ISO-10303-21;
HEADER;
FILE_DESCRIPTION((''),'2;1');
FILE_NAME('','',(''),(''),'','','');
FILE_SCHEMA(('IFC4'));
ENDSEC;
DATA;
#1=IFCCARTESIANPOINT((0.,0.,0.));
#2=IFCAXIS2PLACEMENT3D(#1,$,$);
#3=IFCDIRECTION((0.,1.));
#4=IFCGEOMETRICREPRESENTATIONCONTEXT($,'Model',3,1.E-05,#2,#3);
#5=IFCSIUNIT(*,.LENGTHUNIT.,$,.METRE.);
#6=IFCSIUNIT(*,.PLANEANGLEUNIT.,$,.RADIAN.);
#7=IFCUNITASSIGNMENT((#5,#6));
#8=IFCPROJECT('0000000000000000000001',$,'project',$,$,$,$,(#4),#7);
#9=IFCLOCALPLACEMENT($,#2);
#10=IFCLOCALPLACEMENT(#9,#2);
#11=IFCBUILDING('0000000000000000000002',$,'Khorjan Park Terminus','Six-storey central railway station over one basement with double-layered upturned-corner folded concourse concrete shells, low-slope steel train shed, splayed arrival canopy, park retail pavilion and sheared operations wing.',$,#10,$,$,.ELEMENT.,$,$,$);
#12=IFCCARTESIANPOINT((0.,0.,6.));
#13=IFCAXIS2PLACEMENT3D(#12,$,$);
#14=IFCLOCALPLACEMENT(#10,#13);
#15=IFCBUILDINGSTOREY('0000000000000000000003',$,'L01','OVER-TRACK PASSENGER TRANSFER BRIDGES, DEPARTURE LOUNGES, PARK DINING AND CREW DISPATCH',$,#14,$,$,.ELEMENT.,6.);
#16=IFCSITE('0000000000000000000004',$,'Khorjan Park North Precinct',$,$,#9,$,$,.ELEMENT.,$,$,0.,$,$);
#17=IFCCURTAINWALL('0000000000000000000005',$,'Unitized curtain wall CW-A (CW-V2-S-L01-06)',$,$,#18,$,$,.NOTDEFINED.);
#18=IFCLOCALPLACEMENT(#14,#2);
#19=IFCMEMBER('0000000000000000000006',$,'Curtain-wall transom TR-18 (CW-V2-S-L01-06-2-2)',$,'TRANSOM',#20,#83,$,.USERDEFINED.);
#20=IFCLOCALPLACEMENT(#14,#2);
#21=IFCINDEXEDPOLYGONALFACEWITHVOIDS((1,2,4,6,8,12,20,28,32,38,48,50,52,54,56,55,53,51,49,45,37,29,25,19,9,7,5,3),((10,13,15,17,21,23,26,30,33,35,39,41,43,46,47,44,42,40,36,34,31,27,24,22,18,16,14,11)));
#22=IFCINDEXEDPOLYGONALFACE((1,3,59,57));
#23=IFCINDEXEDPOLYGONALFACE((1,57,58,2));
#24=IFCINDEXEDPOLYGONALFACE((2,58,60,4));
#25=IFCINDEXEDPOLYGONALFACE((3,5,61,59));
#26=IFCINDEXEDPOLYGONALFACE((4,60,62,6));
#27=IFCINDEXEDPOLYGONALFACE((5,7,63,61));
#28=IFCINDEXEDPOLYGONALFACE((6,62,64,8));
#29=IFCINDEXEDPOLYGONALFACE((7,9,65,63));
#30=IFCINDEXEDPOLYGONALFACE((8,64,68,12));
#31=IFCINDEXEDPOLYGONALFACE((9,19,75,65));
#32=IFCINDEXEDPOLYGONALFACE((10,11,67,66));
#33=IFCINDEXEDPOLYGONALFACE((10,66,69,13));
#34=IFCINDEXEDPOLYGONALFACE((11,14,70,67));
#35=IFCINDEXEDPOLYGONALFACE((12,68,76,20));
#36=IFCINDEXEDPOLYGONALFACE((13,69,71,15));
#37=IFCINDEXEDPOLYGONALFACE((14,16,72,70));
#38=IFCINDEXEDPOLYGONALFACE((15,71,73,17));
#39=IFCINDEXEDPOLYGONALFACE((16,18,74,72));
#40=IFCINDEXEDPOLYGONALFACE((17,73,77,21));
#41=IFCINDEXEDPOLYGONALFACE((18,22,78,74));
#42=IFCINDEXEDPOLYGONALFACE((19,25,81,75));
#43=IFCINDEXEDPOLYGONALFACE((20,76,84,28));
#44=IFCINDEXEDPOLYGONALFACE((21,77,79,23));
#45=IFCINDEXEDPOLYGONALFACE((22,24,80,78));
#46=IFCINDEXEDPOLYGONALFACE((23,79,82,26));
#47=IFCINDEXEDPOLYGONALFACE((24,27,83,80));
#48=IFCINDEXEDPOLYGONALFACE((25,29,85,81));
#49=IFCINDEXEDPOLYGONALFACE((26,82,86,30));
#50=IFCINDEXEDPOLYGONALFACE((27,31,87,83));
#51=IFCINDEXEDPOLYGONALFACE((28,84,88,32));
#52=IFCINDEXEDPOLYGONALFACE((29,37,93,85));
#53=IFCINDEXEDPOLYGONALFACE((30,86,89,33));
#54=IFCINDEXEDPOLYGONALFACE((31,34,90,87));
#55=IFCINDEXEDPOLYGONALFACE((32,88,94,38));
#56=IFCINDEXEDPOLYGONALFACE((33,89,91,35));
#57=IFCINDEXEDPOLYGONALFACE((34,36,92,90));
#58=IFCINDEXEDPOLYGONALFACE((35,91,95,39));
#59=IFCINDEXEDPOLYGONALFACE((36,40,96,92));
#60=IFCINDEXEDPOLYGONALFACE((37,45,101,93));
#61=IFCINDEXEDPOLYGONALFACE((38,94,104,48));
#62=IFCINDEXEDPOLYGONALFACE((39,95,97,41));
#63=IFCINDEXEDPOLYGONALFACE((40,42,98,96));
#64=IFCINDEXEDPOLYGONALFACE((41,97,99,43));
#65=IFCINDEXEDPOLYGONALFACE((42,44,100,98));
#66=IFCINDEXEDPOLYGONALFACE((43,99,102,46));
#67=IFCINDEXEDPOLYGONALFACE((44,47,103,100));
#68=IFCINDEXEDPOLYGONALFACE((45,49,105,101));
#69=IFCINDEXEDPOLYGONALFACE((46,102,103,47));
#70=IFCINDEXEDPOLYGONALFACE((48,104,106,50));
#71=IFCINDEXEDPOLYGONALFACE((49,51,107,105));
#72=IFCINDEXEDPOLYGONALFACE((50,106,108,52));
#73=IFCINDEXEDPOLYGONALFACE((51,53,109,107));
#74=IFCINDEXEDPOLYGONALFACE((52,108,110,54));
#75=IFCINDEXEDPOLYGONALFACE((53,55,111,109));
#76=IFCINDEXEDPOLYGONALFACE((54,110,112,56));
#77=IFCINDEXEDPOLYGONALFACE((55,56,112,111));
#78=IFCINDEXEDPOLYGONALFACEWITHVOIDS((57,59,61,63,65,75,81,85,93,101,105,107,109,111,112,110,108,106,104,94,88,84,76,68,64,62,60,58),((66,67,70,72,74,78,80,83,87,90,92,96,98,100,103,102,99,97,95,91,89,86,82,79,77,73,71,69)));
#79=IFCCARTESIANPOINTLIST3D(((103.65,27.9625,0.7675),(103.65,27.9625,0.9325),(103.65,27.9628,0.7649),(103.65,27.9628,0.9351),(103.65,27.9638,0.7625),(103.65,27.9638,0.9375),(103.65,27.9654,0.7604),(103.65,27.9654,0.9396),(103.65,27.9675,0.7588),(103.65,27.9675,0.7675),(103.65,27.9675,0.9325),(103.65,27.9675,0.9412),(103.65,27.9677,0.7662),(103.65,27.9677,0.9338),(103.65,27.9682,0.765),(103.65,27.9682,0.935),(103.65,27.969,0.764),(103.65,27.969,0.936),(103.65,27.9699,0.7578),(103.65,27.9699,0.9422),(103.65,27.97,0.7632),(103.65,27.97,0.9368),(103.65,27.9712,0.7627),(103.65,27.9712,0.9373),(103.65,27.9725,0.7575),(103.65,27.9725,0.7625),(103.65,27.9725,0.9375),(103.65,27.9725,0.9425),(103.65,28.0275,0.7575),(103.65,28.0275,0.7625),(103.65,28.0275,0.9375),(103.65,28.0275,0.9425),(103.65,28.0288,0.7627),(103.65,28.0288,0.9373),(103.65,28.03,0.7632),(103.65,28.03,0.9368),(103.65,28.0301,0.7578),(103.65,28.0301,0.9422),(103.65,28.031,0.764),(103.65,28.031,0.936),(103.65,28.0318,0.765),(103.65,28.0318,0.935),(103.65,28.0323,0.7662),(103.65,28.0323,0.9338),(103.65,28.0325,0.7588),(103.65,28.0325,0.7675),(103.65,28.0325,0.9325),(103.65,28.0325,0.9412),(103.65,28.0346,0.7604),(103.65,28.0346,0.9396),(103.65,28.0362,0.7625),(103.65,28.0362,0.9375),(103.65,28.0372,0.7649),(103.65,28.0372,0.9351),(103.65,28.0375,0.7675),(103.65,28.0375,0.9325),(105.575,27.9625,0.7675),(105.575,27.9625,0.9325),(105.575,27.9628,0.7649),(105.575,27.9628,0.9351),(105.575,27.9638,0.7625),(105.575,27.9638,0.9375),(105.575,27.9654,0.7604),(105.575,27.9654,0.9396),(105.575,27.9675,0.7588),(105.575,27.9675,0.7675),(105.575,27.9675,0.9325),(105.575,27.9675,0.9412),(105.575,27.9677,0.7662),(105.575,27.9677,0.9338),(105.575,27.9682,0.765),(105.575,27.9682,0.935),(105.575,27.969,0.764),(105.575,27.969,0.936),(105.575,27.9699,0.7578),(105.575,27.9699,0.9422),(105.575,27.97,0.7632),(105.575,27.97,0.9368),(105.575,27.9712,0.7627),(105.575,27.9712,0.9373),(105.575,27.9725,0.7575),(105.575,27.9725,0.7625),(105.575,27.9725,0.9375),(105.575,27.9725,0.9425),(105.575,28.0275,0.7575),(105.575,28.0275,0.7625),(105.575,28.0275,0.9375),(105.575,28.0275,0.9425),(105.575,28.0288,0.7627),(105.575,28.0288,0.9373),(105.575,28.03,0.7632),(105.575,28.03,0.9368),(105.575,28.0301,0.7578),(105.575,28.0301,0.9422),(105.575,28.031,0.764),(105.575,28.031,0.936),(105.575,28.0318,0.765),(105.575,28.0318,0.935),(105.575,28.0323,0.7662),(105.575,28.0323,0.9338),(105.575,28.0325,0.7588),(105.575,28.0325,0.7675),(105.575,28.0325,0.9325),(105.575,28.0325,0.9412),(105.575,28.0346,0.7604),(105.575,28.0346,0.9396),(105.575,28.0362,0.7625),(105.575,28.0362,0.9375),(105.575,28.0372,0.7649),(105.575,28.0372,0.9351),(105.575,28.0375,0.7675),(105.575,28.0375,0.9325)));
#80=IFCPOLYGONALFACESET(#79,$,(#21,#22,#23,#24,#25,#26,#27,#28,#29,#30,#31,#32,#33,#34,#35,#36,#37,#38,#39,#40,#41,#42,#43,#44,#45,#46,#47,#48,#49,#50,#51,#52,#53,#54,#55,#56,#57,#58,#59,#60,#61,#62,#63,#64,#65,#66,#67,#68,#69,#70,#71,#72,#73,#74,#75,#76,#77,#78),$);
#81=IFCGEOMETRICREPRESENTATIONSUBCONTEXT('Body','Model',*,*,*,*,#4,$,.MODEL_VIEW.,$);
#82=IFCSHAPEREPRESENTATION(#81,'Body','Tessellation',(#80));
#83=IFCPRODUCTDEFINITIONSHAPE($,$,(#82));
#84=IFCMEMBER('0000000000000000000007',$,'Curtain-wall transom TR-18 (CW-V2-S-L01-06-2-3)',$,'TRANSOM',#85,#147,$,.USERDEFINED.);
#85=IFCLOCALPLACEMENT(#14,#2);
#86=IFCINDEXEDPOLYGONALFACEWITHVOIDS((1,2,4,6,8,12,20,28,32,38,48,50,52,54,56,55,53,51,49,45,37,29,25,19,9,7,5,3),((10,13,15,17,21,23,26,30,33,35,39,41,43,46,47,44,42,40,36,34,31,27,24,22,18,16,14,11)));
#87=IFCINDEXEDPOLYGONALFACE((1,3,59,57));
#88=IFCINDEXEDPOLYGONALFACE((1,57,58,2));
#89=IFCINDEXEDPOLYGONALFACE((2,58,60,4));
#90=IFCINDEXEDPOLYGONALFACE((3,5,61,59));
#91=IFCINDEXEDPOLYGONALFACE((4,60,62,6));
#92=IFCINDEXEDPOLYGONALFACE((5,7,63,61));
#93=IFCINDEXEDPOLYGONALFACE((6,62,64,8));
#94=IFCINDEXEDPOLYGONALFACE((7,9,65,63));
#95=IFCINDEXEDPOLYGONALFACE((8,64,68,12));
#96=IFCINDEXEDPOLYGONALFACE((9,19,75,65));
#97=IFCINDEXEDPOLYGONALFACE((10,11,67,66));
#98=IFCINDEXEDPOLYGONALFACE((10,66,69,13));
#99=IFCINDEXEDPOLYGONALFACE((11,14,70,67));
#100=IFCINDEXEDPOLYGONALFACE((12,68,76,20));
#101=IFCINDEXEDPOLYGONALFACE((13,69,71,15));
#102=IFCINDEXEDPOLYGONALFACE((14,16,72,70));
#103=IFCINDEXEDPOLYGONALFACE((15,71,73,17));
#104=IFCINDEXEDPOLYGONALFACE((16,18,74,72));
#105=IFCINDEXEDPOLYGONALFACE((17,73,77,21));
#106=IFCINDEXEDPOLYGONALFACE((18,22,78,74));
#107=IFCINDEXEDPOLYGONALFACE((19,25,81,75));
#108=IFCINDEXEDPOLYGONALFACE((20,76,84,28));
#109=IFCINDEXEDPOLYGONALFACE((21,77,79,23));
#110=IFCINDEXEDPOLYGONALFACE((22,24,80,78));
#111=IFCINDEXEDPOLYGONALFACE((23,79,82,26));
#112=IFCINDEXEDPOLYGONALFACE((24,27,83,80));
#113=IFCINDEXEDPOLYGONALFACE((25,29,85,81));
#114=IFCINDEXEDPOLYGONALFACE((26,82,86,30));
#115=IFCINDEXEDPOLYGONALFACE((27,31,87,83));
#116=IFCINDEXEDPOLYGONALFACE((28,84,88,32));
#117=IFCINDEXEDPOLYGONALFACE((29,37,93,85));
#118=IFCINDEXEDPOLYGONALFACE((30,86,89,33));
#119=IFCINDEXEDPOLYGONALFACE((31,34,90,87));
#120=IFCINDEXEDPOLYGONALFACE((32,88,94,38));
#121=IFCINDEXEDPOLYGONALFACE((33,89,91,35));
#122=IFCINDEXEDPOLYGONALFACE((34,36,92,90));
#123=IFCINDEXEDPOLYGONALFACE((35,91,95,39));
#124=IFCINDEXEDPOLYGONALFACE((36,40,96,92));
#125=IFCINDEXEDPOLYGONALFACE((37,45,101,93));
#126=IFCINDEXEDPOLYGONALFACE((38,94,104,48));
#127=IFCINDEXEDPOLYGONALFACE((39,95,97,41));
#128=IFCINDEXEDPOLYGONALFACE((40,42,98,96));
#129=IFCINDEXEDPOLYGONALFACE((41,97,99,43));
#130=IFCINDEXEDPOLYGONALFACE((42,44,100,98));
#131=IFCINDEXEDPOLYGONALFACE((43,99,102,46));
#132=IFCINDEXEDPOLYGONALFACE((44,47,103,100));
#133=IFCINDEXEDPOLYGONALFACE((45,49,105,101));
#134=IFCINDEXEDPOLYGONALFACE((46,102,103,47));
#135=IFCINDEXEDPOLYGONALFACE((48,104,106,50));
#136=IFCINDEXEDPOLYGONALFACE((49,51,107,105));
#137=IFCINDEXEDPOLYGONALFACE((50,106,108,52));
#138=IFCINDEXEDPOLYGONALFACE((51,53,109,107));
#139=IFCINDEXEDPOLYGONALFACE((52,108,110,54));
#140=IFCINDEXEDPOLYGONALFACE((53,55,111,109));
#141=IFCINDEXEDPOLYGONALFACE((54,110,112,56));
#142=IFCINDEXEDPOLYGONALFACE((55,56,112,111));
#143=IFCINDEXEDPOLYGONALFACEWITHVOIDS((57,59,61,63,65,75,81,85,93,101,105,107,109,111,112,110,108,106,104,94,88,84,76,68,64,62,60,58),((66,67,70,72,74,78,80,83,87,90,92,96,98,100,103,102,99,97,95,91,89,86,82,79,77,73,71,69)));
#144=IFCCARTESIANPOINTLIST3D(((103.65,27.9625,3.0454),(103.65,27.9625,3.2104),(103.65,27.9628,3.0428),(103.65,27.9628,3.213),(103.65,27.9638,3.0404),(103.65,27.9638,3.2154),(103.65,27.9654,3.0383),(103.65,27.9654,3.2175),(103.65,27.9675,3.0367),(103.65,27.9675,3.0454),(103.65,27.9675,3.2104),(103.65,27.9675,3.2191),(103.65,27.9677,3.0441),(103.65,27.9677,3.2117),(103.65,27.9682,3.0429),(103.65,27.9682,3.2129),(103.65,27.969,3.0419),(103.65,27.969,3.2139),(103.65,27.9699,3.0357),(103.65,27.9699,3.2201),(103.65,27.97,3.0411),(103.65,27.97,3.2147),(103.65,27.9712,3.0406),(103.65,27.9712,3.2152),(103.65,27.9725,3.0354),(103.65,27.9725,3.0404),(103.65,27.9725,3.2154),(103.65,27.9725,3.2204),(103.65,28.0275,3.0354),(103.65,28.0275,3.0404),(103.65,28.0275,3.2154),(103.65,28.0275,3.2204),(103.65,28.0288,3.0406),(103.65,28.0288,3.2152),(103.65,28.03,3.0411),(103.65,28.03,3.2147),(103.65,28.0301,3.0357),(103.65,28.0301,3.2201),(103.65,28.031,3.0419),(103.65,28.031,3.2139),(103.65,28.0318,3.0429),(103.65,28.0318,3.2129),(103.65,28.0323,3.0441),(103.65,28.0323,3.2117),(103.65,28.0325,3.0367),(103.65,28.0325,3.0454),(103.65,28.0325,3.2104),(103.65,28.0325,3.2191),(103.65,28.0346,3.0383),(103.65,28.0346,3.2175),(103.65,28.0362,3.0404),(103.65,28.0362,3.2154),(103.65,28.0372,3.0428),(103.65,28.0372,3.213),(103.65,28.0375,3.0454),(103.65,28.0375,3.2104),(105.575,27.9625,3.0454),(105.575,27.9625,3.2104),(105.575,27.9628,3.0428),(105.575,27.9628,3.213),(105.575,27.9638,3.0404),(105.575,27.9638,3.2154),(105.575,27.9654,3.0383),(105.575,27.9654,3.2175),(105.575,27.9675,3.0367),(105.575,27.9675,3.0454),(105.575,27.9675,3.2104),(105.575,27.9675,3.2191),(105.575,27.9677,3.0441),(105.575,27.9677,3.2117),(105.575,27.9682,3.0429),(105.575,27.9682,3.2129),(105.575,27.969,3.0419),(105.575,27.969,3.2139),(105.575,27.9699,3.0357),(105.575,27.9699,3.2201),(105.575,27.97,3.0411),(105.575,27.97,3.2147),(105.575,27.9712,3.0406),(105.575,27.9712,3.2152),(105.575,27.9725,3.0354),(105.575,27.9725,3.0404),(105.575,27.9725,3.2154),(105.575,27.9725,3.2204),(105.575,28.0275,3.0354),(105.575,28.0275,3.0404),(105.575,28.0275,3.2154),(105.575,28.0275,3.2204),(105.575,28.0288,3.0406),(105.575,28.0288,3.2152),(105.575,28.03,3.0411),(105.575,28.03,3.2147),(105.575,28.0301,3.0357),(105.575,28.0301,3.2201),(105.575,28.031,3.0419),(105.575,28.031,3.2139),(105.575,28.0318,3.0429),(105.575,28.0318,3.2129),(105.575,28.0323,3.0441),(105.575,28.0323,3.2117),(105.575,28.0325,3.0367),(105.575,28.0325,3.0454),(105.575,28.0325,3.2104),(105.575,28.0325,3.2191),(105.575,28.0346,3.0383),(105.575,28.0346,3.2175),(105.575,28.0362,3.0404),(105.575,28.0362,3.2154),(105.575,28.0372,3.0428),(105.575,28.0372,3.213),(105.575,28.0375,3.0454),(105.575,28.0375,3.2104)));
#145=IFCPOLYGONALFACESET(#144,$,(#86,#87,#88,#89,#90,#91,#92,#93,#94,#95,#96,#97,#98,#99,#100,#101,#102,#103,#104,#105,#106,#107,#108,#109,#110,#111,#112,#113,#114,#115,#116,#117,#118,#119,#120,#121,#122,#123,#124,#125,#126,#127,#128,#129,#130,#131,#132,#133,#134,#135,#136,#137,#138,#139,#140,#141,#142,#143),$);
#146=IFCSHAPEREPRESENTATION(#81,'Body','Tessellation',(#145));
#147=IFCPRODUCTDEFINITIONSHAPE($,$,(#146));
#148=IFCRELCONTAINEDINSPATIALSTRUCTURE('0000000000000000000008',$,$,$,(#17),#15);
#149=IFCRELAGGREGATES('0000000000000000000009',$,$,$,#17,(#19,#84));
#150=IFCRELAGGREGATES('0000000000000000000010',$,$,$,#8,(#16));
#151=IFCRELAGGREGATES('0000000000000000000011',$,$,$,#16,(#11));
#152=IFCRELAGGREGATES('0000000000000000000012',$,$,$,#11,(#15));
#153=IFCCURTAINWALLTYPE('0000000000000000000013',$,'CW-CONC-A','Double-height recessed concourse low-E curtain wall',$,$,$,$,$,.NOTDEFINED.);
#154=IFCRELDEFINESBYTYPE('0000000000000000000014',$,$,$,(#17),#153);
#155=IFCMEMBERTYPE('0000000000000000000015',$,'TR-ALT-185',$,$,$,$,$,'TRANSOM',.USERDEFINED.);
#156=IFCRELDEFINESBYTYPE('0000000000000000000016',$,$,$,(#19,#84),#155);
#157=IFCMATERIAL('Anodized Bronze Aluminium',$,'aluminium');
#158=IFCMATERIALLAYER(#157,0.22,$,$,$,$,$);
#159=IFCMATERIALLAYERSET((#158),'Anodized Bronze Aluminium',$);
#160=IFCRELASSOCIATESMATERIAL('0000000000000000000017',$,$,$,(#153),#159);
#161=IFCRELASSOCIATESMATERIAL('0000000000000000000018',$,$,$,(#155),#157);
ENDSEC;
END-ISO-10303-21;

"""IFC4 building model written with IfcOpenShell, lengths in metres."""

from ifc_helpers import new_model, si_unit, direction, frame, origin, origin_2d, place, context, subcontext, project, spatial, hollow_rectangle, extrude, material, layer, layer_set, material_profile, profile_set, type_object, element, aggregate, save


model = new_model("IFC4")

# Units and contexts
model_context = context("Model", 3, precision=1e-05, world=origin(), true_north=direction((0.0, 1.0)))
body_context = subcontext(model_context, "Body", "Model", "MODEL_VIEW")
ifc_project = project(units=[si_unit("LENGTHUNIT", "METRE"), si_unit("PLANEANGLEUNIT", "RADIAN")], contexts=[model_context])

# Site, building, storey
site_placement = place(None, origin())
site = spatial("IfcSite", under=ifc_project, at=site_placement, Name="Khorjan Park North Precinct", CompositionType="ELEMENT", RefElevation=0.0)
building_placement = place(site_placement, origin())
building = spatial("IfcBuilding", under=site, at=building_placement, Name="Khorjan Park Terminus", Description="Six-storey central railway station over one basement with double-layered upturned-corner folded concourse concrete shells, low-slope steel train shed, splayed arrival canopy, park retail pavilion and sheared operations wing.", CompositionType="ELEMENT")
storey_placement = place(building_placement, frame((0.0, 0.0, 6.0)))
storey = spatial("IfcBuildingStorey", under=building, at=storey_placement, Name="L01", Description="OVER-TRACK PASSENGER TRANSFER BRIDGES, DEPARTURE LOUNGES, PARK DINING AND CREW DISPATCH", CompositionType="ELEMENT", Elevation=6.0)

# Shared definitions
ifc_material_1 = material(Name="Anodized Bronze Aluminium", Category="aluminium")
ifc_layer_1 = layer(ifc_material_1, 0.22)
ifc_layer_set_1 = layer_set([ifc_layer_1], Name="Anodized Bronze Aluminium")
curtain_wall_type = type_object("IfcCurtainWallType", Name="CW-CONC-A", Description="Double-height recessed concourse low-E curtain wall", PredefinedType="NOTDEFINED", material=ifc_layer_set_1)

# Curtain wall, members
curtain_wall_1_placement = place(storey_placement, origin())
curtain_wall_1 = element("IfcCurtainWall", 1, at=curtain_wall_1_placement, inside=storey, type_object=curtain_wall_type, Name="Unitized curtain wall CW-A (CW-V2-S-L01-06)", PredefinedType="NOTDEFINED")
ifc_material_profile_1 = material_profile(ifc_material_1, hollow_rectangle(XDim=0.075, YDim=0.185, WallThickness=0.005, InnerFilletRadius=0.005, OuterFilletRadius=0.01, at=origin_2d()), Name="ALT 75x185x5")
ifc_profile_set_1 = profile_set([ifc_material_profile_1], Name="Anodized Bronze Aluminium")
member_type_1 = type_object("IfcMemberType", Name="TR-ALT-185", ElementType="TRANSOM", PredefinedType="USERDEFINED", material=ifc_profile_set_1)
member_1_placement = place(storey_placement, frame((103.65, 28.0, 0.85), z_axis=(1.0, 0.0, 0.0), x_axis=(0.0, 1.0, 0.0)))
member_1 = element("IfcMember", 2, at=member_1_placement, type_object=member_type_1, Name="Curtain-wall transom TR-18 (CW-V2-S-L01-06-2-2)", ObjectType="TRANSOM", PredefinedType="USERDEFINED", context=body_context, shape_type="SweptSolid", body=[
    extrude(hollow_rectangle(XDim=0.075, YDim=0.185, WallThickness=0.005, InnerFilletRadius=0.005, OuterFilletRadius=0.01, at=origin_2d()), origin(), (0.0, 0.0, 1.0), 1.925),
])
member_2_placement = place(storey_placement, frame((103.65, 28.0, 3.1279), z_axis=(1.0, 0.0, 0.0), x_axis=(0.0, 1.0, 0.0)))
member_2 = element("IfcMember", 3, at=member_2_placement, type_object=member_type_1, Name="Curtain-wall transom TR-18 (CW-V2-S-L01-06-2-3)", ObjectType="TRANSOM", PredefinedType="USERDEFINED", context=body_context, shape_type="SweptSolid", body=[
    extrude(hollow_rectangle(XDim=0.075, YDim=0.185, WallThickness=0.005, InnerFilletRadius=0.005, OuterFilletRadius=0.01, at=origin_2d()), origin(), (0.0, 0.0, 1.0), 1.925),
])

aggregate(curtain_wall_1, [member_1, member_2])

save(model, "model.ifc")
